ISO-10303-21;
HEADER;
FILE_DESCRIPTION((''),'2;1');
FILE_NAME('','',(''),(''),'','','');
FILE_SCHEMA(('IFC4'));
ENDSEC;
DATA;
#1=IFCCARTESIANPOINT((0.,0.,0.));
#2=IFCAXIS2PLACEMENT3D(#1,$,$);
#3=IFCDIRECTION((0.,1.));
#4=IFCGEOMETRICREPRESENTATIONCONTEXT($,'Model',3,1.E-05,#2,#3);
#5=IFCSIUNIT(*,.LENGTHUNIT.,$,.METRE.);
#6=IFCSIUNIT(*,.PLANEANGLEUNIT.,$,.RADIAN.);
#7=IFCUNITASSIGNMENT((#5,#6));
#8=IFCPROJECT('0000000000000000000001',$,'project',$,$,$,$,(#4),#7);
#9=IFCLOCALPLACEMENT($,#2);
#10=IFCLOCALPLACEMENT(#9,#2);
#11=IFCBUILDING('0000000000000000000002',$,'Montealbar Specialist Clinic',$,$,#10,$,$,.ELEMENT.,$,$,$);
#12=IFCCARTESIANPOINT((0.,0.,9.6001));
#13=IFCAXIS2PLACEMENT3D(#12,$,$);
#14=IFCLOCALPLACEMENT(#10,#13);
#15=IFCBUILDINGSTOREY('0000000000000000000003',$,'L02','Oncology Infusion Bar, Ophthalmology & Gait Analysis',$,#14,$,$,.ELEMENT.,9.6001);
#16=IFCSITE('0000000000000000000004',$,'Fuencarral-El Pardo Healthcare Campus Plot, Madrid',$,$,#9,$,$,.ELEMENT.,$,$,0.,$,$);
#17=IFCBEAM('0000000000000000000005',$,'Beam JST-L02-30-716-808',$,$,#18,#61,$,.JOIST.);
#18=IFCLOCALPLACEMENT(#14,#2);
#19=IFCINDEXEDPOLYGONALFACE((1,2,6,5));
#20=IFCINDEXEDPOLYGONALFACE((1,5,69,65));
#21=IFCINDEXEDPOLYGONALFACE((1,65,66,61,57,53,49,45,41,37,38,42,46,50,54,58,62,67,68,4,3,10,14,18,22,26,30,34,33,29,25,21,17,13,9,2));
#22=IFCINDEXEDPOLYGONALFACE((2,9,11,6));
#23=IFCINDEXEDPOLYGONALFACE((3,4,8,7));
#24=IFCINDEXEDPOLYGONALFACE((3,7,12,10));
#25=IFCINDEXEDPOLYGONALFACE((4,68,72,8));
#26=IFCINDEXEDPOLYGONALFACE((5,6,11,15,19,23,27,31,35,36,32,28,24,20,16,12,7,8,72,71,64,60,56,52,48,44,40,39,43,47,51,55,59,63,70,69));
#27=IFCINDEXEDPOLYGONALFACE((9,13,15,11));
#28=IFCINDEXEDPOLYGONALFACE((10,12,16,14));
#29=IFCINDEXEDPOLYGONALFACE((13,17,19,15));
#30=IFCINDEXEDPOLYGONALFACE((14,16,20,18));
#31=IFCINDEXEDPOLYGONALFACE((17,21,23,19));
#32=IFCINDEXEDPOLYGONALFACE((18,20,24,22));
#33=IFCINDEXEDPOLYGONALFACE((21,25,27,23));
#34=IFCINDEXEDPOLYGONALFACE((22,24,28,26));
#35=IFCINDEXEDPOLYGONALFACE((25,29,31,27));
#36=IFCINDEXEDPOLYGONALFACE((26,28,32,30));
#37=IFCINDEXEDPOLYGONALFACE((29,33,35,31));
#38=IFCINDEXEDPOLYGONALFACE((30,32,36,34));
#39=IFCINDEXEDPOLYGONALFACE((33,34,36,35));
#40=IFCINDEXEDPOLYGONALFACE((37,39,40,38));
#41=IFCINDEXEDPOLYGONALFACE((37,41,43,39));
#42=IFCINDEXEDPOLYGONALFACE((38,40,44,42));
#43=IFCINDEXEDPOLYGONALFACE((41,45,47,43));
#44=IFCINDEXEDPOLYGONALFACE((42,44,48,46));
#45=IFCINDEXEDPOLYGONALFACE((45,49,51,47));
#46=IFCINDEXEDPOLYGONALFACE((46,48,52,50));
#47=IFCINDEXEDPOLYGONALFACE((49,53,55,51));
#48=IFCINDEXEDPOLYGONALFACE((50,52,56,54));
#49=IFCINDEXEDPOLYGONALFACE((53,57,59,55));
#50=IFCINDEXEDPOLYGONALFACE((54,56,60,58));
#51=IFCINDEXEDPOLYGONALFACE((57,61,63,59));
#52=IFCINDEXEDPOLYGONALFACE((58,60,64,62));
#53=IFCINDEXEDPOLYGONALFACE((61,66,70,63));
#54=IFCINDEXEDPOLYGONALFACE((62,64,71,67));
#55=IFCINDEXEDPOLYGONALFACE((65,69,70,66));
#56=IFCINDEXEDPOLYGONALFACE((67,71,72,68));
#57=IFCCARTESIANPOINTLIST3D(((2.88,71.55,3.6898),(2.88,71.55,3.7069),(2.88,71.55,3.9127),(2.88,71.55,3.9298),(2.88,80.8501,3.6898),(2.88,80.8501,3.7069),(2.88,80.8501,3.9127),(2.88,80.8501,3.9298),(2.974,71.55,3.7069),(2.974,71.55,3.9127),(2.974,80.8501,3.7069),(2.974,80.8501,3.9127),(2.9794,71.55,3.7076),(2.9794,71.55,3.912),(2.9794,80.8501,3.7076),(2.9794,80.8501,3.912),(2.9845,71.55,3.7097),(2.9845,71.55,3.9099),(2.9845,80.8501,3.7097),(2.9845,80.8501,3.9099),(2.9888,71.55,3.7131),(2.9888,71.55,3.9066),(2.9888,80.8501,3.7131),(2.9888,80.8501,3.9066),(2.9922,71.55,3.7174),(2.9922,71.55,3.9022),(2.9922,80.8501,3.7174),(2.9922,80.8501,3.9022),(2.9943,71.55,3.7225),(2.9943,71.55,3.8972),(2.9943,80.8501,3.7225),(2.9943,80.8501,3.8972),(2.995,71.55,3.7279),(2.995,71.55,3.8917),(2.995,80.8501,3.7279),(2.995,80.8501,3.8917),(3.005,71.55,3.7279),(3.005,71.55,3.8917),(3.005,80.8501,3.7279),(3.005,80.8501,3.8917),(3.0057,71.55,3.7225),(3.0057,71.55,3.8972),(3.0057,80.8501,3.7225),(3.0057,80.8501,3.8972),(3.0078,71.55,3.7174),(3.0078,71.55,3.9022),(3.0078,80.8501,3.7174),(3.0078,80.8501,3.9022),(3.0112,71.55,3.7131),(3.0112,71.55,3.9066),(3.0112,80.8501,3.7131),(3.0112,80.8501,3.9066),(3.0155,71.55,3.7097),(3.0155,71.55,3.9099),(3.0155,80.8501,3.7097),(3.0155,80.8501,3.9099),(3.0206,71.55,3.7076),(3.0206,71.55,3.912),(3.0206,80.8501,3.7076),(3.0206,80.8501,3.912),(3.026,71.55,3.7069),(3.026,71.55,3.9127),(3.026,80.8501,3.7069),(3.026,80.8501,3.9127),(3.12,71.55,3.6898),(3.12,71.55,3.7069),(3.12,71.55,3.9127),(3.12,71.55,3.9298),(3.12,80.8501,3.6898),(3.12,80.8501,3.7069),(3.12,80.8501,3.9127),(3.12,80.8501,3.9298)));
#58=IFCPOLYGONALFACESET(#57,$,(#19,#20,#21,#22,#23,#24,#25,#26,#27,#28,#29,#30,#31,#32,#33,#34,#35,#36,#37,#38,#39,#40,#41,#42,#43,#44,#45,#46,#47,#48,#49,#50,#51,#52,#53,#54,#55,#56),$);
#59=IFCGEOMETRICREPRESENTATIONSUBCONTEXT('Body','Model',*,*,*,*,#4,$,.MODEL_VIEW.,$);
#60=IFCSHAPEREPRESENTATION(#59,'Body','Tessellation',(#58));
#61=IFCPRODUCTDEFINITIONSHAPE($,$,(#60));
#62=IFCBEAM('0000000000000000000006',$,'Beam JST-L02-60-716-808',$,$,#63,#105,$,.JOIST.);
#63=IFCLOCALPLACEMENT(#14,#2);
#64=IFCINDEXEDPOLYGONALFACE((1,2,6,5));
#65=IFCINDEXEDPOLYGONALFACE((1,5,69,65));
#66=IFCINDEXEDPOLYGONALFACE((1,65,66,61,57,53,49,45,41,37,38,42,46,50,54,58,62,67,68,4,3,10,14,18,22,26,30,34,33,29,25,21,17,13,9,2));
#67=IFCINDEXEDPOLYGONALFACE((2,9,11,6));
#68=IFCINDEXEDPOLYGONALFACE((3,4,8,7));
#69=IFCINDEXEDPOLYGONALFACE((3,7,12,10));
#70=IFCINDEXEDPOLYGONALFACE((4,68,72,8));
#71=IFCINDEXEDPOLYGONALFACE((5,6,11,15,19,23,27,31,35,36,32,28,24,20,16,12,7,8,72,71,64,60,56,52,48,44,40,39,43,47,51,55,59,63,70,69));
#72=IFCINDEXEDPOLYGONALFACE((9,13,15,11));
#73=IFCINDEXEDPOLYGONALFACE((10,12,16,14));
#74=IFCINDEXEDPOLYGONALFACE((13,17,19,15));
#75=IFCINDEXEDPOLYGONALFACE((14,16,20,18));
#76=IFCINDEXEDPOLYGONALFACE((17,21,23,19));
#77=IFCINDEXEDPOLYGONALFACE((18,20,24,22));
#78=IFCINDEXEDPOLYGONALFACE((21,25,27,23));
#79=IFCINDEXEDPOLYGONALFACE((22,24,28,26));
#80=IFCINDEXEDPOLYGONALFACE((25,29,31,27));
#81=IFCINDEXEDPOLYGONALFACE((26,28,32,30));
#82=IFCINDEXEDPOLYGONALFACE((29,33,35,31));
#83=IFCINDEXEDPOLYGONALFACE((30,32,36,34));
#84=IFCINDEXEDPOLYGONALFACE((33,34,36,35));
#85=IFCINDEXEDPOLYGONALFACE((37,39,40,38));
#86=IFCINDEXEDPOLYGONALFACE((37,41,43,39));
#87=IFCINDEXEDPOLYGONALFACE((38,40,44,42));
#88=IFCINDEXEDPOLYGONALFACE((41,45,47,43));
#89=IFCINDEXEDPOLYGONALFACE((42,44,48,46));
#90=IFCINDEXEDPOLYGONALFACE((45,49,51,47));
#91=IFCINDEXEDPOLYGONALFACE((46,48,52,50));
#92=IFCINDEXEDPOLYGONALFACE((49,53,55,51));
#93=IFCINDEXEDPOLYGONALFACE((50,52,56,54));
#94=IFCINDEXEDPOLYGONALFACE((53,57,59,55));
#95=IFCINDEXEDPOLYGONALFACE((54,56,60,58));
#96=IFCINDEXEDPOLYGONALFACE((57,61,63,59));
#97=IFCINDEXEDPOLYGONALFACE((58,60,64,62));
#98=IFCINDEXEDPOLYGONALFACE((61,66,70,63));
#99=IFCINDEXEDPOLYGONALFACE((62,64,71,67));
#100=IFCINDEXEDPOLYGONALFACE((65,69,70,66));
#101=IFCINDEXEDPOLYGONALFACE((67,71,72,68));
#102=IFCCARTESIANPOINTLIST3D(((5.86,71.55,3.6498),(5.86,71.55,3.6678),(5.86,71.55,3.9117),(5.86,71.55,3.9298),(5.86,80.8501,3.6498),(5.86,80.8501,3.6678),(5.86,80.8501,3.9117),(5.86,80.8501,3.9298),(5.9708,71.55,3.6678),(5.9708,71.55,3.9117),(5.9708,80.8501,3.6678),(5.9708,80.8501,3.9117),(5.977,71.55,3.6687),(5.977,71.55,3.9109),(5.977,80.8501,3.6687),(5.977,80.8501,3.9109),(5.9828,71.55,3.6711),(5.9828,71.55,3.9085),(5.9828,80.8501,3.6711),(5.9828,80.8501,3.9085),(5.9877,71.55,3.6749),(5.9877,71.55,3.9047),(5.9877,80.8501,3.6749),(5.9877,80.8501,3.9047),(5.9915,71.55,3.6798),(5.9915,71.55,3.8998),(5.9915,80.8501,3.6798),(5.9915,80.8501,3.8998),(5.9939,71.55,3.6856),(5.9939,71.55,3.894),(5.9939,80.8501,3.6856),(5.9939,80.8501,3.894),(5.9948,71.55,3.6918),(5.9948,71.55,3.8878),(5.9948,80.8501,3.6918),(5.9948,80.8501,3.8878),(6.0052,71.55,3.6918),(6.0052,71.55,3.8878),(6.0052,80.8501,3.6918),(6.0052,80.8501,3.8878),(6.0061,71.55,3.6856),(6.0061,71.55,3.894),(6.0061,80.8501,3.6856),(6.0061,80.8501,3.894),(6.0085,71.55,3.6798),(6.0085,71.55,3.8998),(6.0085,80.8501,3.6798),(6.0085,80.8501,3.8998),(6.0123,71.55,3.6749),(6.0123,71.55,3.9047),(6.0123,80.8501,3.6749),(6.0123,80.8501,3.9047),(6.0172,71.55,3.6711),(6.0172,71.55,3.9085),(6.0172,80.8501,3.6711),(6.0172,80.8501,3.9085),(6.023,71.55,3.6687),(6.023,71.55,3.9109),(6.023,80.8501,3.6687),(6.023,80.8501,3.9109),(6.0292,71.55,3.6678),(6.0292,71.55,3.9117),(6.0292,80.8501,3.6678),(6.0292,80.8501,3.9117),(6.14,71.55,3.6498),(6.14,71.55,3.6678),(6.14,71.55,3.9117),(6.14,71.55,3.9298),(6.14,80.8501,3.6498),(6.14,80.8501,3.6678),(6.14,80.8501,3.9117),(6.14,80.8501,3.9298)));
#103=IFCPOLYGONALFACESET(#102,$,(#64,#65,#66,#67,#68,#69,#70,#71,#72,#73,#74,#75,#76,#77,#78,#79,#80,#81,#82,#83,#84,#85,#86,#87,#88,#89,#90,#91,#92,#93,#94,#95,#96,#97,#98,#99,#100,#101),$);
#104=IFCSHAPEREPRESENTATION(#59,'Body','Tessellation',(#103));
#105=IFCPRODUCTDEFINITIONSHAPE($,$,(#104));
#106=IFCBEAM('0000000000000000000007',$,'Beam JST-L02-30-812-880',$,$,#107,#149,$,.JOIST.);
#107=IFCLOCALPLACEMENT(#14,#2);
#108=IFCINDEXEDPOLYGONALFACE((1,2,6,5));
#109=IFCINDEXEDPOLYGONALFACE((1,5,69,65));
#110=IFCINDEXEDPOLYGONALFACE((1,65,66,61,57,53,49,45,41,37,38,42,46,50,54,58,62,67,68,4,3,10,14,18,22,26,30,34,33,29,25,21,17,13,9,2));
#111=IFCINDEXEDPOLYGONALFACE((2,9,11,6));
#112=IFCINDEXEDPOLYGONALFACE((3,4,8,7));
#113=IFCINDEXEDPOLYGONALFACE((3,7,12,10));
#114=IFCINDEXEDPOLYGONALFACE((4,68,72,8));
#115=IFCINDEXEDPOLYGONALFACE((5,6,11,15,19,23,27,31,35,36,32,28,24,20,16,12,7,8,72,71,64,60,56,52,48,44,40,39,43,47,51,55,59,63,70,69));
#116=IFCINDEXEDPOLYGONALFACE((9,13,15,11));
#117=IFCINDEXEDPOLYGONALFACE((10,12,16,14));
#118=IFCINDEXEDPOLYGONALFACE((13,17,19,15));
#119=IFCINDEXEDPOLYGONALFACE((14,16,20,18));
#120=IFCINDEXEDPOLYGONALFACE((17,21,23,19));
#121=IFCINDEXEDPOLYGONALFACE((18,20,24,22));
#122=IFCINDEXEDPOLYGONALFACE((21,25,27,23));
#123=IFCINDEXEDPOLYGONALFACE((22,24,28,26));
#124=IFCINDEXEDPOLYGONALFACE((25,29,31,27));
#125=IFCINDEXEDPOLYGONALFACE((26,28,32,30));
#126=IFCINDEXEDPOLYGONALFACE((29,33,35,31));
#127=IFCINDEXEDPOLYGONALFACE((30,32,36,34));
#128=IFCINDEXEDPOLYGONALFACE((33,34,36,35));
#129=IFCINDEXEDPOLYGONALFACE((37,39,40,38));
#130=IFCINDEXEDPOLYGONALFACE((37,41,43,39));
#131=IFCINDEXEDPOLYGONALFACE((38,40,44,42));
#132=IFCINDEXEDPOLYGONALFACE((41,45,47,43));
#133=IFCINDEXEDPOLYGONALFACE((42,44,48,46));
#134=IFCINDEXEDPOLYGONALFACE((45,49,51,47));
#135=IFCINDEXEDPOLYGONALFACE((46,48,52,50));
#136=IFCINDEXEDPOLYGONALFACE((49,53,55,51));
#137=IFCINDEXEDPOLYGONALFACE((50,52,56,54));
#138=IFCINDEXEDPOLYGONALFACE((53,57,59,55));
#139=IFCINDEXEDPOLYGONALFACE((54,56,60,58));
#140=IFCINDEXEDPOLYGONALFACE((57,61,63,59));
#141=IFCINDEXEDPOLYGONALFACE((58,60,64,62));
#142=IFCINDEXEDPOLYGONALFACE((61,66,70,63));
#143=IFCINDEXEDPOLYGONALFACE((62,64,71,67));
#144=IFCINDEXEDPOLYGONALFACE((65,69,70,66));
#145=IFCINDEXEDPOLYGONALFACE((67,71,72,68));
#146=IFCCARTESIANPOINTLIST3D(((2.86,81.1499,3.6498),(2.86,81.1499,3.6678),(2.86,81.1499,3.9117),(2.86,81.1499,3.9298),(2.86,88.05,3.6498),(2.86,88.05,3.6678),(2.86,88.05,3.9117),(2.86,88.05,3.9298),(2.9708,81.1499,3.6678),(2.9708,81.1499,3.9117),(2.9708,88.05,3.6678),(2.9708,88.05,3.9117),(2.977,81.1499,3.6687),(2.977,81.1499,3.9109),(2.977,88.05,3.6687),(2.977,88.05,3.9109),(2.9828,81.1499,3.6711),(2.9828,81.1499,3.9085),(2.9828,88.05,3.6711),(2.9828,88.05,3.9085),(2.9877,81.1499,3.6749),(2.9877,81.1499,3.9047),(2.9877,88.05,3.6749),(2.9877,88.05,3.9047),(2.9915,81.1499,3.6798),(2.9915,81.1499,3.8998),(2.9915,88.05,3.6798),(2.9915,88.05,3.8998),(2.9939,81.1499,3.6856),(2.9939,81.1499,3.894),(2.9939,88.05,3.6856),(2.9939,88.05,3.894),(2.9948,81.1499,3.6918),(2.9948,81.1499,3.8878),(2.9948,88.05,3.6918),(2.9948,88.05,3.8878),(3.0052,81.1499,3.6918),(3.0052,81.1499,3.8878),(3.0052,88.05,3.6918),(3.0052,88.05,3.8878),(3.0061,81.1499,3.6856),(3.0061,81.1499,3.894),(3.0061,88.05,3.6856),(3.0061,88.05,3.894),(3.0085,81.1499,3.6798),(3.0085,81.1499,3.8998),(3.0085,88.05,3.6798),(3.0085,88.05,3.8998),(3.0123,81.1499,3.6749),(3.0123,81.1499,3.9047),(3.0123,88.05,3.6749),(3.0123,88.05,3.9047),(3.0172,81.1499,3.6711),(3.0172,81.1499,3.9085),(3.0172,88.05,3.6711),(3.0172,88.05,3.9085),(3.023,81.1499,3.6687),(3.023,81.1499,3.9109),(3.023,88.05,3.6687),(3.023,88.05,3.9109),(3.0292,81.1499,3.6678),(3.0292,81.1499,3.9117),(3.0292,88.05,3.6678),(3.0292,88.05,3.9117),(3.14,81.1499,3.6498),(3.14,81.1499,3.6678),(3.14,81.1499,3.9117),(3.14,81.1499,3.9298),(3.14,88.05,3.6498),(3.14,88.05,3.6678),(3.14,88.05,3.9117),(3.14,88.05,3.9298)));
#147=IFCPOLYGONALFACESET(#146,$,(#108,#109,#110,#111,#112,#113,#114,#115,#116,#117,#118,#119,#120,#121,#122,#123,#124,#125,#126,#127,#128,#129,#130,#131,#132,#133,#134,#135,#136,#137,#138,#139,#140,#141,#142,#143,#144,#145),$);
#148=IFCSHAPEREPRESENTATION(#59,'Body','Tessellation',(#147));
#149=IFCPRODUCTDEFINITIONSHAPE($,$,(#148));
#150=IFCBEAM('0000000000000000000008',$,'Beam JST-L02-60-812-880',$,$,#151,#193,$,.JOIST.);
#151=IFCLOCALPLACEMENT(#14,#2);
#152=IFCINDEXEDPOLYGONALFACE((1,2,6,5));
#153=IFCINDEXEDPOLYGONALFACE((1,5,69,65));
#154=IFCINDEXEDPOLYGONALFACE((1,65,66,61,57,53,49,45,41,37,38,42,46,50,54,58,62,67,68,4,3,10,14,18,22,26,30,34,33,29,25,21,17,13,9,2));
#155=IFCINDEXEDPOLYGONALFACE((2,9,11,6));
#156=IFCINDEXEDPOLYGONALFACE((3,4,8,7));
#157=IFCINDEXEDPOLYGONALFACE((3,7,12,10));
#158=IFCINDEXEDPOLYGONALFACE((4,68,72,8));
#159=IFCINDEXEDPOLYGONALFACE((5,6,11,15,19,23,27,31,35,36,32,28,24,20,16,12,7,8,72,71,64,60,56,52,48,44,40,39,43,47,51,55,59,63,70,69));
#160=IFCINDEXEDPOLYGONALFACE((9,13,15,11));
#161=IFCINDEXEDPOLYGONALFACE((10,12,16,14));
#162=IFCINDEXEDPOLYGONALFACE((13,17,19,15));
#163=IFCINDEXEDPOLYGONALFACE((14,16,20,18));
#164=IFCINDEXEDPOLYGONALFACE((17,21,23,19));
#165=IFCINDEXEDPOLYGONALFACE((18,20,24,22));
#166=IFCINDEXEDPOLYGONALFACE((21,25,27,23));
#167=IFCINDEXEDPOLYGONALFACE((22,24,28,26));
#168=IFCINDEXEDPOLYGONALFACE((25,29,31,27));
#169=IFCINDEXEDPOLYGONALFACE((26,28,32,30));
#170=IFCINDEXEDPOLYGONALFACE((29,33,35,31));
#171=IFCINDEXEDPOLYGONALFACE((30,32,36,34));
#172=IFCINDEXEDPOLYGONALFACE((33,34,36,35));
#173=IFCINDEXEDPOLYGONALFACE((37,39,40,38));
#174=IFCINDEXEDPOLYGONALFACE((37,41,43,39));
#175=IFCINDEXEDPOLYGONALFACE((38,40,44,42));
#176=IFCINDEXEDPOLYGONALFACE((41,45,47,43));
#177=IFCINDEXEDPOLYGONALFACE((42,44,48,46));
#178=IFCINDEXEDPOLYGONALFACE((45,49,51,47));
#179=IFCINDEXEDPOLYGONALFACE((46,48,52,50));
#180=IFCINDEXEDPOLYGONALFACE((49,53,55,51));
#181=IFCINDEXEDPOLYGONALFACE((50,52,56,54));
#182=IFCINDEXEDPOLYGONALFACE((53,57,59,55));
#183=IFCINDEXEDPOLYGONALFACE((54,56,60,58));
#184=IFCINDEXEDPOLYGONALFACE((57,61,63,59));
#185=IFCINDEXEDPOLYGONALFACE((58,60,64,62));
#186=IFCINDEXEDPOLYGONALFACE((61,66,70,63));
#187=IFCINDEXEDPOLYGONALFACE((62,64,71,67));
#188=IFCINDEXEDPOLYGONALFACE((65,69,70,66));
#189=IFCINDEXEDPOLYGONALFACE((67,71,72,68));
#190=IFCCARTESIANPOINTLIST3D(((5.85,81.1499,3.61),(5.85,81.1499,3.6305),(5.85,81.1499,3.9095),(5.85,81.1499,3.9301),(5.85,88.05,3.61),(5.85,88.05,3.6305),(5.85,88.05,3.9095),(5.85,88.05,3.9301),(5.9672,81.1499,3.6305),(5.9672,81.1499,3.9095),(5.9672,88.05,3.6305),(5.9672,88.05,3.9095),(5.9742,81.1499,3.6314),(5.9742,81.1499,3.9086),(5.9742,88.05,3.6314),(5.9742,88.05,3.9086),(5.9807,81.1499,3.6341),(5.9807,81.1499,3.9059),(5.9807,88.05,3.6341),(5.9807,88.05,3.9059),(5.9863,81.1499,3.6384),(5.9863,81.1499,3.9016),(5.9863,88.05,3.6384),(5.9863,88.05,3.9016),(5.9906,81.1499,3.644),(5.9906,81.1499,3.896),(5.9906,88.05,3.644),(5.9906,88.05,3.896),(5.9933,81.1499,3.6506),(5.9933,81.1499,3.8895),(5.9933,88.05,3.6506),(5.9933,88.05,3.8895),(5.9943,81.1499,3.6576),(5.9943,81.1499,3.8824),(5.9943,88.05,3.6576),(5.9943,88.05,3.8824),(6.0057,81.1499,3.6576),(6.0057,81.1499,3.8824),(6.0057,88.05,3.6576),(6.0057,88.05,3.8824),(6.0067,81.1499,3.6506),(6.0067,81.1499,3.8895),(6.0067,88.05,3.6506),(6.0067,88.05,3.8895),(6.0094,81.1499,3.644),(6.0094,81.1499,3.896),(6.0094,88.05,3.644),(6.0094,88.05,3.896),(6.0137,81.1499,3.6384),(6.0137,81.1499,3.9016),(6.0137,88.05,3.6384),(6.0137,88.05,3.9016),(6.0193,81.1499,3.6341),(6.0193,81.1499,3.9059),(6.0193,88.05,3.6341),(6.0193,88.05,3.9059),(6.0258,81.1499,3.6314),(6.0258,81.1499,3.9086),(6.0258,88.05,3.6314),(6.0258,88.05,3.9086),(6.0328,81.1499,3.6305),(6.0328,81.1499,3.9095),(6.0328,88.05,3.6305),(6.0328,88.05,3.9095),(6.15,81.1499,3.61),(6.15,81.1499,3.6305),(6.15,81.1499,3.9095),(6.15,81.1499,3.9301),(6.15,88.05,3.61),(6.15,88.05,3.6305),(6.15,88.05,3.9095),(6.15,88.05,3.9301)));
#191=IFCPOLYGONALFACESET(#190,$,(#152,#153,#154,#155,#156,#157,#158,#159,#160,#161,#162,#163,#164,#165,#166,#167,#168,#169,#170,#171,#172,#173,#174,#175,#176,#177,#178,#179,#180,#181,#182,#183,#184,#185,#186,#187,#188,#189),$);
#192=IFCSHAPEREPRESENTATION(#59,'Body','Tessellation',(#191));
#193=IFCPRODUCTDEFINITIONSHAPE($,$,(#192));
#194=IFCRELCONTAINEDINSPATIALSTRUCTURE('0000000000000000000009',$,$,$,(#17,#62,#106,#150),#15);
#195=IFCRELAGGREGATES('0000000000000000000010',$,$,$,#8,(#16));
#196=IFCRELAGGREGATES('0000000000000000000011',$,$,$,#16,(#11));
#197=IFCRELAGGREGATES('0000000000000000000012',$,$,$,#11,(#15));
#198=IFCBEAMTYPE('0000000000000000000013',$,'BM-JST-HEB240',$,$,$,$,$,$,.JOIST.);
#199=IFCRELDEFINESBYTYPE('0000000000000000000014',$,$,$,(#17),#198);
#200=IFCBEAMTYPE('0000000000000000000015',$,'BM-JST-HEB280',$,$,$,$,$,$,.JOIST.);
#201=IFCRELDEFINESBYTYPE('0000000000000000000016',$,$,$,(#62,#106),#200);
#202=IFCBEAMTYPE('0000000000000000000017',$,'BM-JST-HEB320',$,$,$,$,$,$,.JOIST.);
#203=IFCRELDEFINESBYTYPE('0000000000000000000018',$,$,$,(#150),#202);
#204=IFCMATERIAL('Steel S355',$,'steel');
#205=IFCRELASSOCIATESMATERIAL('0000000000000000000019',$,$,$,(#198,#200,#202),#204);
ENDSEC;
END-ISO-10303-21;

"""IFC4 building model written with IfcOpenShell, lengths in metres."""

from ifc_helpers import new_model, si_unit, direction, frame, origin, origin_2d, place, context, subcontext, project, spatial, i_section, extrude, material, material_profile, profile_set, type_object, element, save


model = new_model("IFC4")

# Units and contexts
model_context = context("Model", 3, precision=1e-05, world=origin(), true_north=direction((0.0, 1.0)))
body_context = subcontext(model_context, "Body", "Model", "MODEL_VIEW")
ifc_project = project(units=[si_unit("LENGTHUNIT", "METRE"), si_unit("PLANEANGLEUNIT", "RADIAN")], contexts=[model_context])

# Site, building, storey
site_placement = place(None, origin())
site = spatial("IfcSite", under=ifc_project, at=site_placement, Name="Fuencarral-El Pardo Healthcare Campus Plot, Madrid", CompositionType="ELEMENT", RefElevation=0.0)
building_placement = place(site_placement, origin())
building = spatial("IfcBuilding", under=site, at=building_placement, Name="Montealbar Specialist Clinic", CompositionType="ELEMENT")
storey_placement = place(building_placement, frame((0.0, 0.0, 9.6001)))
storey = spatial("IfcBuildingStorey", under=building, at=storey_placement, Name="L02", Description="Oncology Infusion Bar, Ophthalmology & Gait Analysis", CompositionType="ELEMENT", Elevation=9.6001)

# Shared definitions
ifc_material_1 = material(Name="Steel S355", Category="steel")

# Beams
ifc_material_profile_1 = material_profile(ifc_material_1, i_section(OverallWidth=0.24, OverallDepth=0.24, WebThickness=0.01, FlangeThickness=0.0171, FilletRadius=0.021, at=origin_2d()), Name="HEB 240", Category="steel")
ifc_profile_set_1 = profile_set([ifc_material_profile_1], Name="Steel S355")
beam_type_1 = type_object("IfcBeamType", Name="BM-JST-HEB240", PredefinedType="JOIST", material=ifc_profile_set_1)
beam_1_placement = place(storey_placement, frame((3.0, 71.55, 3.8098), z_axis=(0.0, 1.0, 0.0), x_axis=(-1.0, 0.0, 0.0)))
element("IfcBeam", 1, at=beam_1_placement, inside=storey, type_object=beam_type_1, Name="Beam JST-L02-30-716-808", PredefinedType="JOIST", context=body_context, shape_type="SweptSolid", body=[
    extrude(i_section(OverallWidth=0.24, OverallDepth=0.24, WebThickness=0.01, FlangeThickness=0.0171, FilletRadius=0.021, at=origin_2d()), origin(), (0.0, 0.0, 1.0), 9.3),
])
ifc_material_profile_2 = material_profile(ifc_material_1, i_section(OverallWidth=0.28, OverallDepth=0.28, WebThickness=0.0105, FlangeThickness=0.0181, FilletRadius=0.0239, at=origin_2d()), Name="HEB 280", Category="steel")
ifc_profile_set_2 = profile_set([ifc_material_profile_2], Name="Steel S355")
beam_type_2 = type_object("IfcBeamType", Name="BM-JST-HEB280", PredefinedType="JOIST", material=ifc_profile_set_2)
beam_2_placement = place(storey_placement, frame((6.0, 71.55, 3.7898), z_axis=(0.0, 1.0, 0.0), x_axis=(-1.0, 0.0, 0.0)))
element("IfcBeam", 2, at=beam_2_placement, inside=storey, type_object=beam_type_2, Name="Beam JST-L02-60-716-808", PredefinedType="JOIST", context=body_context, shape_type="SweptSolid", body=[
    extrude(i_section(OverallWidth=0.28, OverallDepth=0.28, WebThickness=0.0105, FlangeThickness=0.0181, FilletRadius=0.0239, at=origin_2d()), origin(), (0.0, 0.0, 1.0), 9.3),
])
beam_3_placement = place(storey_placement, frame((3.0, 81.1499, 3.7898), z_axis=(0.0, 1.0, 0.0), x_axis=(-1.0, 0.0, 0.0)))
element("IfcBeam", 3, at=beam_3_placement, inside=storey, type_object=beam_type_2, Name="Beam JST-L02-30-812-880", PredefinedType="JOIST", context=body_context, shape_type="SweptSolid", body=[
    extrude(i_section(OverallWidth=0.28, OverallDepth=0.28, WebThickness=0.0105, FlangeThickness=0.0181, FilletRadius=0.0239, at=origin_2d()), origin(), (0.0, 0.0, 1.0), 6.9001),
])
ifc_material_profile_3 = material_profile(ifc_material_1, i_section(OverallWidth=0.3, OverallDepth=0.3201, WebThickness=0.0115, FlangeThickness=0.0205, FilletRadius=0.0271, at=origin_2d()), Name="HEB 320", Category="steel")
ifc_profile_set_3 = profile_set([ifc_material_profile_3], Name="Steel S355")
beam_type_3 = type_object("IfcBeamType", Name="BM-JST-HEB320", PredefinedType="JOIST", material=ifc_profile_set_3)
beam_4_placement = place(storey_placement, frame((6.0, 81.1499, 3.77), z_axis=(0.0, 1.0, 0.0), x_axis=(-1.0, 0.0, 0.0)))
element("IfcBeam", 4, at=beam_4_placement, inside=storey, type_object=beam_type_3, Name="Beam JST-L02-60-812-880", PredefinedType="JOIST", context=body_context, shape_type="SweptSolid", body=[
    extrude(i_section(OverallWidth=0.3, OverallDepth=0.3201, WebThickness=0.0115, FlangeThickness=0.0205, FilletRadius=0.0271, at=origin_2d()), origin(), (0.0, 0.0, 1.0), 6.9001),
])

save(model, "model.ifc")
